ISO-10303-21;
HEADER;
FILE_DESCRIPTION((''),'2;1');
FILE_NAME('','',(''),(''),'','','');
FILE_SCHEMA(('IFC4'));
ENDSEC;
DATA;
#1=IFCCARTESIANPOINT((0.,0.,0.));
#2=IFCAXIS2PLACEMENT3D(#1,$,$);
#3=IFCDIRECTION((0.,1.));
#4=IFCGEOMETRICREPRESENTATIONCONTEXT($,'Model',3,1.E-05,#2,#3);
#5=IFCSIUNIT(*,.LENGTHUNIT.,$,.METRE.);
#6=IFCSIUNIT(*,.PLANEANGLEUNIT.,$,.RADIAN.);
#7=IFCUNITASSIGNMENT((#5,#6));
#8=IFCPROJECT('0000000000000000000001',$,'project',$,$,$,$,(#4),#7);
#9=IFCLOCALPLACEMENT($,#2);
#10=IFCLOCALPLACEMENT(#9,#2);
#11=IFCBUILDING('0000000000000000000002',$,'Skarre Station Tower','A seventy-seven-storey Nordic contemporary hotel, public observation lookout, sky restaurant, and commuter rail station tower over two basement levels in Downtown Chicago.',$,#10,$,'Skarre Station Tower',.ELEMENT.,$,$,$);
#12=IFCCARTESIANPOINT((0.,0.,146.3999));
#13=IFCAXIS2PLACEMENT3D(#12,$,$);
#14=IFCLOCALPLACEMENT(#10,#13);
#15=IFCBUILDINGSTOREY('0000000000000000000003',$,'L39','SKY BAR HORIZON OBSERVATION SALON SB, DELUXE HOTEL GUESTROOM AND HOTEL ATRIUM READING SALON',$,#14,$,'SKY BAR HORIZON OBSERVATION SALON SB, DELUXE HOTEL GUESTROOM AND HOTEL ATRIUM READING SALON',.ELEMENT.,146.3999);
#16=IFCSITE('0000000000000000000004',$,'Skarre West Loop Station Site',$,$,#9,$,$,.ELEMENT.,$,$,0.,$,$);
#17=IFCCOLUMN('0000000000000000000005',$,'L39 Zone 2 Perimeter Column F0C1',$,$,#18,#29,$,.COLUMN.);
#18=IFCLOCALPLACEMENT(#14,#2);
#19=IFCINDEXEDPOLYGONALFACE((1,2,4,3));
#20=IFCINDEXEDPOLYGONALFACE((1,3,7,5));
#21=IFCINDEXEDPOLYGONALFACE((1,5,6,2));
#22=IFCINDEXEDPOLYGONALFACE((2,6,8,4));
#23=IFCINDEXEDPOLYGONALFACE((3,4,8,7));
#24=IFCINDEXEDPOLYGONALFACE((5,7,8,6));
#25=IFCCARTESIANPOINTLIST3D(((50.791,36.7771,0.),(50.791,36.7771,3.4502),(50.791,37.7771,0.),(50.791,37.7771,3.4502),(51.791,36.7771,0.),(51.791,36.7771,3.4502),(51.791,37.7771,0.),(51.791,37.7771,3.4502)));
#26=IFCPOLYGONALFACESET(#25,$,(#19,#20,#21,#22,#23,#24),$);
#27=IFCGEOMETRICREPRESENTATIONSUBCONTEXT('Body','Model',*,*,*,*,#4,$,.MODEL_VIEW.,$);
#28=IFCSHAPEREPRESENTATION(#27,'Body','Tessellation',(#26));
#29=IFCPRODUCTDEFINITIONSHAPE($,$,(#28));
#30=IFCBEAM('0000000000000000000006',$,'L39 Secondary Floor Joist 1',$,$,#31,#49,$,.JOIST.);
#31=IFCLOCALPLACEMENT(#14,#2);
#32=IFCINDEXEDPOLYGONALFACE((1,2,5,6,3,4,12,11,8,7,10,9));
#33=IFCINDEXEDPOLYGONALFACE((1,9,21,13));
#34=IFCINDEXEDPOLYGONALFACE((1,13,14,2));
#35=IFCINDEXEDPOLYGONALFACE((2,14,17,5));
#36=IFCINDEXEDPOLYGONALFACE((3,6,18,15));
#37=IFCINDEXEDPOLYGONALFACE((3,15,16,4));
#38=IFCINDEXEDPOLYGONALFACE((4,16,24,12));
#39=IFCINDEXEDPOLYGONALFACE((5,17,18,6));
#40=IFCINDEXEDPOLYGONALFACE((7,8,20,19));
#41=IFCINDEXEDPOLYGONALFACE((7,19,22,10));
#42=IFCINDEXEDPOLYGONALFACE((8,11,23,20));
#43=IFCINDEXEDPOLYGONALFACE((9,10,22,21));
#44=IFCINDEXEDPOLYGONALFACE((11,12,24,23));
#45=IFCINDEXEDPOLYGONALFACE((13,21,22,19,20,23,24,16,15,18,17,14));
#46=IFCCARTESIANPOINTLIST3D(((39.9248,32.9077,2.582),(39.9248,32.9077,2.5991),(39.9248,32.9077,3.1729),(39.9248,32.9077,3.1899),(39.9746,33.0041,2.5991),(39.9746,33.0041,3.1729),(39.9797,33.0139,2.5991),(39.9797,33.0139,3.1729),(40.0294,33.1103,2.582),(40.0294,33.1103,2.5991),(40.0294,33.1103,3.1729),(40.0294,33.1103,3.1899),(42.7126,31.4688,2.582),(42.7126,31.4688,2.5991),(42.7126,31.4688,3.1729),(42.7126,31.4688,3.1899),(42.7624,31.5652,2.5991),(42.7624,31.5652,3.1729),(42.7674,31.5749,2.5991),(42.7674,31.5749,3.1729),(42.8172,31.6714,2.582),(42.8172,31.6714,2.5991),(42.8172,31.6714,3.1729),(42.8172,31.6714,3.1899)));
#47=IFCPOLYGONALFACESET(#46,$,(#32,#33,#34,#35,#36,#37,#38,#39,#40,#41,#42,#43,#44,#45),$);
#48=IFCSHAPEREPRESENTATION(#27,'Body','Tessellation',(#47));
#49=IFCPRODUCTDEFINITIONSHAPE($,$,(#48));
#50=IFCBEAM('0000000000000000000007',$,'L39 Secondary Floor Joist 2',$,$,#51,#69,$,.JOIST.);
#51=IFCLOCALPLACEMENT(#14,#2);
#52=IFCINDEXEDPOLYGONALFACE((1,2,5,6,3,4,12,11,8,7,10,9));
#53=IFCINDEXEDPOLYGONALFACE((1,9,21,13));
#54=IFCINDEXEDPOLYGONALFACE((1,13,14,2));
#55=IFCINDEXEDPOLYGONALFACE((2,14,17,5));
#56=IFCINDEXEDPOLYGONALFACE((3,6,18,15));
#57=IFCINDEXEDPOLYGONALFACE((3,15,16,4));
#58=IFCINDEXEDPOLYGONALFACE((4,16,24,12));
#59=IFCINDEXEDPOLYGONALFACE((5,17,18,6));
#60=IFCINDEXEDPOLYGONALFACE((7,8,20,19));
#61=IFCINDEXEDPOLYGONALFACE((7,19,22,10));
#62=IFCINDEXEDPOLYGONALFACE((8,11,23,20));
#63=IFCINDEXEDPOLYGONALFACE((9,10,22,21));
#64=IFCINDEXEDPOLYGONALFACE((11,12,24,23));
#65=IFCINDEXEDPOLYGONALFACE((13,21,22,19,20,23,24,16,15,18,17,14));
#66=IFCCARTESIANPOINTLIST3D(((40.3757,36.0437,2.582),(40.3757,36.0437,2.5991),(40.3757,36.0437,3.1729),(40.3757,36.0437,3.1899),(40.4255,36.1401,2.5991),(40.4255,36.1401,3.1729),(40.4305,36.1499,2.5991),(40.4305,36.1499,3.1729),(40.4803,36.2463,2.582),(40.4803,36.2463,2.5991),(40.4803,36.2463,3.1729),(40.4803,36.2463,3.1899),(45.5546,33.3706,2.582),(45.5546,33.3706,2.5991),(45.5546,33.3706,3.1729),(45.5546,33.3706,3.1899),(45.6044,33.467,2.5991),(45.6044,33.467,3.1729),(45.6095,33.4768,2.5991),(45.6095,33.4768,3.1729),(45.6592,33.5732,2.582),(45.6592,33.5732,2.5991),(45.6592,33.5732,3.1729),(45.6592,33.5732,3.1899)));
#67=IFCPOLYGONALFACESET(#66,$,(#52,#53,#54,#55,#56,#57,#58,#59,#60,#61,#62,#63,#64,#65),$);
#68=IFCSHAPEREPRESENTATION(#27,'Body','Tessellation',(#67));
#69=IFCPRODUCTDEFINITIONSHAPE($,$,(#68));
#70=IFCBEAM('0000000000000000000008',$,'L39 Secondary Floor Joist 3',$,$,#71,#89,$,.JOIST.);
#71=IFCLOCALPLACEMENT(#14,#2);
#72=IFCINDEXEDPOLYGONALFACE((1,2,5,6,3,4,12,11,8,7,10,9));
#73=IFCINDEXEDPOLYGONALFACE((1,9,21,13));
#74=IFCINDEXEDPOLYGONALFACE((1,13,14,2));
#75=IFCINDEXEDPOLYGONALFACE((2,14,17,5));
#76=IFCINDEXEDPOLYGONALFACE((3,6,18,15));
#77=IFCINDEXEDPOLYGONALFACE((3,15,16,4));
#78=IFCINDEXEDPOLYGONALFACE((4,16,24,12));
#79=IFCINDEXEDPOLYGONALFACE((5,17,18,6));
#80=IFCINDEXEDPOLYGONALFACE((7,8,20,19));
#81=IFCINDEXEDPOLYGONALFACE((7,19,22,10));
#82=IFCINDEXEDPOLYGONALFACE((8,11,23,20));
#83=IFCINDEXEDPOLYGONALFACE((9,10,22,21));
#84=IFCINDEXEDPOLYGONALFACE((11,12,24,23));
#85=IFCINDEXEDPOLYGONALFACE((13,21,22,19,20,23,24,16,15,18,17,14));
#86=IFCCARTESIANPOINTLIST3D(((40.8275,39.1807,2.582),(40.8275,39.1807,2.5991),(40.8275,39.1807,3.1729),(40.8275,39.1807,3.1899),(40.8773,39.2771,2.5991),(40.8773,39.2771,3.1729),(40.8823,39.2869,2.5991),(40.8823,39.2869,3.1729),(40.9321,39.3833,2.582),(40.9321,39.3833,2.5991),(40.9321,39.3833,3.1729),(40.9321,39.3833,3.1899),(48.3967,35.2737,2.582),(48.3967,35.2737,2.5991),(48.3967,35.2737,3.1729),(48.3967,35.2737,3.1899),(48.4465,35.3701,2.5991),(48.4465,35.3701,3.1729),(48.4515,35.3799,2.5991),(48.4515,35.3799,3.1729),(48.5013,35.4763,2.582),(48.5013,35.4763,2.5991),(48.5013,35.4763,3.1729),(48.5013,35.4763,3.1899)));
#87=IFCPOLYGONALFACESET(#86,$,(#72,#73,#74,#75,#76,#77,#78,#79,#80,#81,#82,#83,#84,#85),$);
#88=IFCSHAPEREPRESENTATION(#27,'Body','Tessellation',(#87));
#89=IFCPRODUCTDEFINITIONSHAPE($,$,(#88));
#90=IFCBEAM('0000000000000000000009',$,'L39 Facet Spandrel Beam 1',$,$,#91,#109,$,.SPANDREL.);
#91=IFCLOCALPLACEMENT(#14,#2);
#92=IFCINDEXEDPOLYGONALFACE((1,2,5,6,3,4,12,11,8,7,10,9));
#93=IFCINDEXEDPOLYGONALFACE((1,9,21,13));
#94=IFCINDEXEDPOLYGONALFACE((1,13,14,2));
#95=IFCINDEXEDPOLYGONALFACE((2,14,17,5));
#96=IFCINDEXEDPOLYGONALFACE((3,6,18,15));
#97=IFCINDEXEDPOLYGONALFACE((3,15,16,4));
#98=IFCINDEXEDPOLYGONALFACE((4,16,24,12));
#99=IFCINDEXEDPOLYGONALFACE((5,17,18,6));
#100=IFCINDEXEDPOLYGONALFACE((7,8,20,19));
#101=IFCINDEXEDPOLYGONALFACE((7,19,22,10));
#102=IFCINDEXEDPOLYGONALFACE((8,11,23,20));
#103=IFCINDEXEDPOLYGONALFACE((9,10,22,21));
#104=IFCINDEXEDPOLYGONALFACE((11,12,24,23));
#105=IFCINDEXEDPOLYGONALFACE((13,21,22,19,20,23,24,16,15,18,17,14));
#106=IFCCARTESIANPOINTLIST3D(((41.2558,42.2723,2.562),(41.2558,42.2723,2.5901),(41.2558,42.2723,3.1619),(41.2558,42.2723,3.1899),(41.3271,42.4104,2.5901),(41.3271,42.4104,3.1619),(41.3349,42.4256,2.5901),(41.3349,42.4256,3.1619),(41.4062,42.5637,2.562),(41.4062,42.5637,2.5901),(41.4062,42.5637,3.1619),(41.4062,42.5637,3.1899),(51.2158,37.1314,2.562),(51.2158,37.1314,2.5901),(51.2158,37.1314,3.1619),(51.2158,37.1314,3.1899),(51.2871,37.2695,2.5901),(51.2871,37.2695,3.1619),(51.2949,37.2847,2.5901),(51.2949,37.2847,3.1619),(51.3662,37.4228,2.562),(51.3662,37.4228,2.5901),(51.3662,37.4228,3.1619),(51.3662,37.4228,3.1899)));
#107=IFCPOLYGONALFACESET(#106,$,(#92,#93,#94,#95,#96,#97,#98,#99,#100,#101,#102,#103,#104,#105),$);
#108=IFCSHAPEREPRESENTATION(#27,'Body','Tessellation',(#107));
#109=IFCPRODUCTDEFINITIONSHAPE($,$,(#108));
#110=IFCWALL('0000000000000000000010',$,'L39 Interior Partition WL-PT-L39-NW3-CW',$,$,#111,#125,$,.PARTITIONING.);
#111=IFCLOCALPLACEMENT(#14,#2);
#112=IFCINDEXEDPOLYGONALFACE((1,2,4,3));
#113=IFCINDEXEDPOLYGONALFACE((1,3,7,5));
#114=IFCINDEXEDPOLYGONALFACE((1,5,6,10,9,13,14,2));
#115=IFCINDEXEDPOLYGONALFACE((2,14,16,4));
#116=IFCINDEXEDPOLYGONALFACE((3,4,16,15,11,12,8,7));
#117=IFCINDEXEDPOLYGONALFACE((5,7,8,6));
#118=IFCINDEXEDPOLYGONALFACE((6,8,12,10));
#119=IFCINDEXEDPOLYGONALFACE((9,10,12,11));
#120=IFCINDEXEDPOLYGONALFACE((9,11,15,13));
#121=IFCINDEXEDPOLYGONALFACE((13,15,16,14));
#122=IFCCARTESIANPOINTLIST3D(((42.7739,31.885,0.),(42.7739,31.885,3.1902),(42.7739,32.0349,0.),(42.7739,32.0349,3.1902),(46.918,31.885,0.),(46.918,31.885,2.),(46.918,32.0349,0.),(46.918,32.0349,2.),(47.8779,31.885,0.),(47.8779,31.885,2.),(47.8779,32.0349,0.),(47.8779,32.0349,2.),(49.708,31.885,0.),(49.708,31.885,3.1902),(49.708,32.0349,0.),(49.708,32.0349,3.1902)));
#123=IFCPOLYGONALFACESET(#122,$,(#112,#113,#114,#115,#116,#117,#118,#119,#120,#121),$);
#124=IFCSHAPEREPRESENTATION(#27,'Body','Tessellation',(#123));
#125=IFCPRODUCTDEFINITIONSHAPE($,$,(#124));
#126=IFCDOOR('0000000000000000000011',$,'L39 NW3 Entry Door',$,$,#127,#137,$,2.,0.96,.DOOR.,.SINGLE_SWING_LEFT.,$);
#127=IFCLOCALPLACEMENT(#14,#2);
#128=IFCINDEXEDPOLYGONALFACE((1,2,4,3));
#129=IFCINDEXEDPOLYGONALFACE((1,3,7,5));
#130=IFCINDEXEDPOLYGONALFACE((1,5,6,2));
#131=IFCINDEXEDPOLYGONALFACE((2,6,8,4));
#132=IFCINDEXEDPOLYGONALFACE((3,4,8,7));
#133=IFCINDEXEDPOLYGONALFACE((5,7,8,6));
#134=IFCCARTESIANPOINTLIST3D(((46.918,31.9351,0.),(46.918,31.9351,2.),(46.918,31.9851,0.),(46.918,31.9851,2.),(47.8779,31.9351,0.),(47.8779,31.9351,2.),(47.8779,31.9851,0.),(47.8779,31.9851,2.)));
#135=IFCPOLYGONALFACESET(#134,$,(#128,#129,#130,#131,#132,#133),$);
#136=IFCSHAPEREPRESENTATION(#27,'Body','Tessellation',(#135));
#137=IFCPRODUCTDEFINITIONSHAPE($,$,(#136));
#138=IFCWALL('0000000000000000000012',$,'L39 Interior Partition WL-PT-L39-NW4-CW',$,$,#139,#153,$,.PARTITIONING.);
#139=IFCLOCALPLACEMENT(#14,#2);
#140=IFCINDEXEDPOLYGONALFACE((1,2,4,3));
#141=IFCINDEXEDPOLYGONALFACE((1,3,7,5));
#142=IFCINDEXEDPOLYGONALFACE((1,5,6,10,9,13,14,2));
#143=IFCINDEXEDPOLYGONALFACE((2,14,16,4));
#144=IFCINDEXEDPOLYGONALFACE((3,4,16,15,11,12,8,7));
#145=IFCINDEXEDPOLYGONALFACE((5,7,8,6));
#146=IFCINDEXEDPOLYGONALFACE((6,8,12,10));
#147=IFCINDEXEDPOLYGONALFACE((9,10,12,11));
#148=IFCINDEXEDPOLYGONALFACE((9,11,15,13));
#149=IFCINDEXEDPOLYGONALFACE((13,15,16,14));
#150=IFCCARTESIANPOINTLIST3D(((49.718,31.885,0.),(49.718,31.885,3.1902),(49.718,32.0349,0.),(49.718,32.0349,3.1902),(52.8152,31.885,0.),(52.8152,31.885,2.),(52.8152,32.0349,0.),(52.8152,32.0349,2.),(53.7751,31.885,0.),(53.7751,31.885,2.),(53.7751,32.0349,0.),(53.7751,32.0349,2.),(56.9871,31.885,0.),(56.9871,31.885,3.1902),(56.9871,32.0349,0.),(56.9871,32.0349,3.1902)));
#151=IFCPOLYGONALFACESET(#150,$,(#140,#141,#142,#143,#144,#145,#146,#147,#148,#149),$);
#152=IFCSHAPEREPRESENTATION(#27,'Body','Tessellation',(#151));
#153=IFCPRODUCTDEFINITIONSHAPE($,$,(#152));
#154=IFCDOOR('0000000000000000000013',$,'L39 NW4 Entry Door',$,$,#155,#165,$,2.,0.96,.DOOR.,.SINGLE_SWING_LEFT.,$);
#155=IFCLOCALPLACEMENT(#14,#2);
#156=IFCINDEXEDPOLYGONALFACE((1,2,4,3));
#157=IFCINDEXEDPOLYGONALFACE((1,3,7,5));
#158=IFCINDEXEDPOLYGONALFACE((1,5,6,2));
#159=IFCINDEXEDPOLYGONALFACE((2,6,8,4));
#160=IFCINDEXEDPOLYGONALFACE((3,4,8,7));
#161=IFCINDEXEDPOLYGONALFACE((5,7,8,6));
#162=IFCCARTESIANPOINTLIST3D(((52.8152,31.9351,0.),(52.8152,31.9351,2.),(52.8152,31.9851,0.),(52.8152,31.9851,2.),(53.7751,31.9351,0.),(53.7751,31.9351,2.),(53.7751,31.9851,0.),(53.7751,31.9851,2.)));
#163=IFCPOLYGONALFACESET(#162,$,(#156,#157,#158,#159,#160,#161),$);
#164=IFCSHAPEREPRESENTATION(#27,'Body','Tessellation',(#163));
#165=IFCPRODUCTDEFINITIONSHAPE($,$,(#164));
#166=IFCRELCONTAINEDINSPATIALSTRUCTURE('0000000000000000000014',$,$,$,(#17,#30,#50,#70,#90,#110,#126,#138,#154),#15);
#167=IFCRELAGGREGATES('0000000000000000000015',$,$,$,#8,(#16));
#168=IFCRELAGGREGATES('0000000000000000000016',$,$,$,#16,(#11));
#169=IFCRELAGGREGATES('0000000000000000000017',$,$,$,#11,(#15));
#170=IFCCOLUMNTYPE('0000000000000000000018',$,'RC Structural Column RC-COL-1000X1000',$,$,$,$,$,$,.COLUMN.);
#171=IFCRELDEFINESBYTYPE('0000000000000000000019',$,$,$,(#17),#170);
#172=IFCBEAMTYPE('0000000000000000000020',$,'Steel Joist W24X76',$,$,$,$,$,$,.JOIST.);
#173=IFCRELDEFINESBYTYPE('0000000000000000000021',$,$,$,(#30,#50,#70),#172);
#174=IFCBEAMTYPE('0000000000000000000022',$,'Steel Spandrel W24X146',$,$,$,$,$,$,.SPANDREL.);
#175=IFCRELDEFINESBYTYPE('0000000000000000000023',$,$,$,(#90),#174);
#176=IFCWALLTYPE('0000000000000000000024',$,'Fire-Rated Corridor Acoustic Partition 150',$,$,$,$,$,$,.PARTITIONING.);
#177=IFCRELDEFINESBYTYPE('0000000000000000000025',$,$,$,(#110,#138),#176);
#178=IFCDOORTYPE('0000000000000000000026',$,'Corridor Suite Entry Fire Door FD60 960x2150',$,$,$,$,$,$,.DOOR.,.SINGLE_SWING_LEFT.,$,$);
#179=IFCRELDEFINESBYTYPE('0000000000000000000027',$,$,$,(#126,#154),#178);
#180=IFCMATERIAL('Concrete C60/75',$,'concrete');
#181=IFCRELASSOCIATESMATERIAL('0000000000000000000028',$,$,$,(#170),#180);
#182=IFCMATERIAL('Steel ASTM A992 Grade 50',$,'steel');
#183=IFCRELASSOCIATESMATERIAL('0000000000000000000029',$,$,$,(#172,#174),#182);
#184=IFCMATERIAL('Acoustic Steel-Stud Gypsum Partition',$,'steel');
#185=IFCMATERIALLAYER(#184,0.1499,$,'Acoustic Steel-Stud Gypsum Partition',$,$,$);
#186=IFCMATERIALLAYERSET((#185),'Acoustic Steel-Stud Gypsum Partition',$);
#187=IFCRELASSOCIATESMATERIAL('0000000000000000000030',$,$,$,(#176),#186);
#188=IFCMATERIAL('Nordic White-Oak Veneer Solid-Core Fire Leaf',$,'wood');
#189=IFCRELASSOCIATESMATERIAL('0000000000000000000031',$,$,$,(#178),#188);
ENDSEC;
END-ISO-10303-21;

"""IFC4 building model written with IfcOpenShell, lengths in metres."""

from ifc_helpers import new_model, si_unit, direction, frame, frame_2d, origin, origin_2d, place, context, subcontext, project, spatial, rectangle, i_section, extrude, material, layer, layer_set, material_profile, profile_set, type_object, element, fill, save


model = new_model("IFC4")

# Units and contexts
model_context = context("Model", 3, precision=1e-05, world=origin(), true_north=direction((0.0, 1.0)))
body_context = subcontext(model_context, "Body", "Model", "MODEL_VIEW")
ifc_project = project(units=[si_unit("LENGTHUNIT", "METRE"), si_unit("PLANEANGLEUNIT", "RADIAN")], contexts=[model_context])

# Site, building, storey
site_placement = place(None, origin())
site = spatial("IfcSite", under=ifc_project, at=site_placement, Name="Skarre West Loop Station Site", CompositionType="ELEMENT", RefElevation=0.0)
building_placement = place(site_placement, origin())
building = spatial("IfcBuilding", under=site, at=building_placement, Name="Skarre Station Tower", Description="A seventy-seven-storey Nordic contemporary hotel, public observation lookout, sky restaurant, and commuter rail station tower over two basement levels in Downtown Chicago.", LongName="Skarre Station Tower", CompositionType="ELEMENT")
storey_placement = place(building_placement, frame((0.0, 0.0, 146.3999)))
storey = spatial("IfcBuildingStorey", under=building, at=storey_placement, Name="L39", Description="SKY BAR HORIZON OBSERVATION SALON SB, DELUXE HOTEL GUESTROOM AND HOTEL ATRIUM READING SALON", LongName="SKY BAR HORIZON OBSERVATION SALON SB, DELUXE HOTEL GUESTROOM AND HOTEL ATRIUM READING SALON", CompositionType="ELEMENT", Elevation=146.3999)

# Column
ifc_material_1 = material(Name="Concrete C60/75", Category="concrete")
ifc_material_profile_1 = material_profile(ifc_material_1, rectangle(XDim=1.0, YDim=1.0, at=origin_2d()), Name="Concrete C60/75")
ifc_profile_set_1 = profile_set([ifc_material_profile_1], Name="Concrete C60/75")
column_type = type_object("IfcColumnType", Name="RC Structural Column RC-COL-1000X1000", PredefinedType="COLUMN", material=ifc_profile_set_1)
column_placement = place(storey_placement, frame((51.291, 37.2771, 0.0), z_axis=(0.0, 0.0, 1.0), x_axis=(1.0, 0.0, 0.0)))
element("IfcColumn", 1, at=column_placement, inside=storey, type_object=column_type, Name="L39 Zone 2 Perimeter Column F0C1", PredefinedType="COLUMN", context=body_context, shape_type="SweptSolid", body=[
    extrude(rectangle(XDim=1.0, YDim=1.0, at=origin_2d()), origin(), (0.0, 0.0, 1.0), 3.4502),
])

# Beams
ifc_material_2 = material(Name="Steel ASTM A992 Grade 50", Category="steel")
ifc_material_profile_2 = material_profile(ifc_material_2, i_section(OverallWidth=0.228, OverallDepth=0.6079, WebThickness=0.011, FlangeThickness=0.0171, at=origin_2d()), Name="Steel ASTM A992 Grade 50")
ifc_profile_set_2 = profile_set([ifc_material_profile_2], Name="Steel ASTM A992 Grade 50")
beam_type_1 = type_object("IfcBeamType", Name="Steel Joist W24X76", PredefinedType="JOIST", material=ifc_profile_set_2)
beam_1_placement = place(storey_placement, frame((42.7649, 31.5701, 2.886), z_axis=(-0.88861, 0.458663, 0.0), x_axis=(-0.458663, -0.88861, 0.0)))
element("IfcBeam", 2, at=beam_1_placement, inside=storey, type_object=beam_type_1, Name="L39 Secondary Floor Joist 1", PredefinedType="JOIST", context=body_context, shape_type="SweptSolid", body=[
    extrude(i_section(OverallWidth=0.228, OverallDepth=0.6079, WebThickness=0.011, FlangeThickness=0.0171, at=origin_2d()), origin(), (0.0, 0.0, 1.0), 3.1372),
])
beam_2_placement = place(storey_placement, frame((45.6069, 33.4719, 2.886), z_axis=(-0.888615, 0.458655, 0.0), x_axis=(-0.458655, -0.888615, 0.0)))
element("IfcBeam", 3, at=beam_2_placement, inside=storey, type_object=beam_type_1, Name="L39 Secondary Floor Joist 2", PredefinedType="JOIST", context=body_context, shape_type="SweptSolid", body=[
    extrude(i_section(OverallWidth=0.228, OverallDepth=0.6079, WebThickness=0.011, FlangeThickness=0.0171, at=origin_2d()), origin(), (0.0, 0.0, 1.0), 5.8281),
])
beam_3_placement = place(storey_placement, frame((48.449, 35.375, 2.886), z_axis=(-0.888604, 0.458676, 0.0), x_axis=(-0.458676, -0.888604, 0.0)))
element("IfcBeam", 4, at=beam_3_placement, inside=storey, type_object=beam_type_1, Name="L39 Secondary Floor Joist 3", PredefinedType="JOIST", context=body_context, shape_type="SweptSolid", body=[
    extrude(i_section(OverallWidth=0.228, OverallDepth=0.6079, WebThickness=0.011, FlangeThickness=0.0171, at=origin_2d()), origin(), (0.0, 0.0, 1.0), 8.5181),
])
ifc_material_profile_3 = material_profile(ifc_material_2, i_section(OverallWidth=0.3279, OverallDepth=0.6279, WebThickness=0.0171, FlangeThickness=0.0281, at=origin_2d()), Name="Steel ASTM A992 Grade 50")
ifc_profile_set_3 = profile_set([ifc_material_profile_3], Name="Steel ASTM A992 Grade 50")
beam_type_2 = type_object("IfcBeamType", Name="Steel Spandrel W24X146", PredefinedType="SPANDREL", material=ifc_profile_set_3)
beam_4_placement = place(storey_placement, frame((51.291, 37.2771, 2.876), z_axis=(-0.888612, 0.45866, 0.0), x_axis=(-0.45866, -0.888612, 0.0)))
element("IfcBeam", 5, at=beam_4_placement, inside=storey, type_object=beam_type_2, Name="L39 Facet Spandrel Beam 1", PredefinedType="SPANDREL", context=body_context, shape_type="SweptSolid", body=[
    extrude(i_section(OverallWidth=0.3279, OverallDepth=0.6279, WebThickness=0.0171, FlangeThickness=0.0281, at=origin_2d()), origin(), (0.0, 0.0, 1.0), 11.2085),
])

# Walls, openings, doors
ifc_material_3 = material(Name="Acoustic Steel-Stud Gypsum Partition", Category="steel")
ifc_layer_1 = layer(ifc_material_3, 0.1499, Name="Acoustic Steel-Stud Gypsum Partition")
ifc_layer_set_1 = layer_set([ifc_layer_1], Name="Acoustic Steel-Stud Gypsum Partition")
wall_type_1 = type_object("IfcWallType", Name="Fire-Rated Corridor Acoustic Partition 150", PredefinedType="PARTITIONING", material=ifc_layer_set_1)
wall_1_placement = place(storey_placement, frame((49.708, 31.96, 0.0), z_axis=(0.0, 0.0, 1.0), x_axis=(-1.0, 0.0, 0.0)))
wall_1 = element("IfcWall", 6, at=wall_1_placement, inside=storey, type_object=wall_type_1, Name="L39 Interior Partition WL-PT-L39-NW3-CW", PredefinedType="PARTITIONING", context=body_context, shape_type="SweptSolid", body=[
    extrude(rectangle(XDim=6.9341, YDim=0.1499, at=frame_2d((3.467, 0.0))), origin(), (0.0, 0.0, 1.0), 3.1902),
])
opening_1_placement = place(wall_1_placement, frame((1.8301, 0.0, 0.0)))
opening_1 = element("IfcOpeningElement", 7, at=opening_1_placement, cuts=wall_1, PredefinedType="OPENING", context=body_context, shape_type="SweptSolid", body=[
    extrude(rectangle(XDim=0.96, YDim=2.0, at=frame_2d((0.48, 1.0))), frame((0.0, 0.085, 0.0), z_axis=(0.0, -1.0, 0.0), x_axis=(1.0, 0.0, 0.0)), (0.0, 0.0, 1.0), 0.1699),
])
ifc_material_4 = material(Name="Nordic White-Oak Veneer Solid-Core Fire Leaf", Category="wood")
door_type_1 = type_object("IfcDoorType", Name="Corridor Suite Entry Fire Door FD60 960x2150", OperationType="SINGLE_SWING_LEFT", PredefinedType="DOOR", material=ifc_material_4)
door_1_placement = place(opening_1_placement, origin())
door_1 = element("IfcDoor", 8, at=door_1_placement, inside=storey, type_object=door_type_1, Name="L39 NW3 Entry Door", OperationType="SINGLE_SWING_LEFT", OverallHeight=2.0, OverallWidth=0.96, PredefinedType="DOOR", context=body_context, shape_type="SweptSolid", body=[
    extrude(rectangle(XDim=0.96, YDim=2.0, at=frame_2d((0.48, 1.0))), frame((0.0, 0.0249, 0.0), z_axis=(0.0, -1.0, 0.0), x_axis=(1.0, 0.0, 0.0)), (0.0, 0.0, 1.0), 0.05),
])
fill(opening_1, door_1)
wall_2_placement = place(storey_placement, frame((56.9871, 31.96, 0.0), z_axis=(0.0, 0.0, 1.0), x_axis=(-1.0, 0.0, 0.0)))
wall_2 = element("IfcWall", 9, at=wall_2_placement, inside=storey, type_object=wall_type_1, Name="L39 Interior Partition WL-PT-L39-NW4-CW", PredefinedType="PARTITIONING", context=body_context, shape_type="SweptSolid", body=[
    extrude(rectangle(XDim=7.269, YDim=0.1499, at=frame_2d((3.6345, 0.0))), origin(), (0.0, 0.0, 1.0), 3.1902),
])
opening_2_placement = place(wall_2_placement, frame((3.2119, 0.0, 0.0)))
opening_2 = element("IfcOpeningElement", 10, at=opening_2_placement, cuts=wall_2, PredefinedType="OPENING", context=body_context, shape_type="SweptSolid", body=[
    extrude(rectangle(XDim=0.96, YDim=2.0, at=frame_2d((0.48, 1.0))), frame((0.0, 0.085, 0.0), z_axis=(0.0, -1.0, 0.0), x_axis=(1.0, 0.0, 0.0)), (0.0, 0.0, 1.0), 0.1699),
])
door_2_placement = place(opening_2_placement, origin())
door_2 = element("IfcDoor", 11, at=door_2_placement, inside=storey, type_object=door_type_1, Name="L39 NW4 Entry Door", OperationType="SINGLE_SWING_LEFT", OverallHeight=2.0, OverallWidth=0.96, PredefinedType="DOOR", context=body_context, shape_type="SweptSolid", body=[
    extrude(rectangle(XDim=0.96, YDim=2.0, at=frame_2d((0.48, 1.0))), frame((0.0, 0.0249, 0.0), z_axis=(0.0, -1.0, 0.0), x_axis=(1.0, 0.0, 0.0)), (0.0, 0.0, 1.0), 0.05),
])
fill(opening_2, door_2)

save(model, "model.ifc")
